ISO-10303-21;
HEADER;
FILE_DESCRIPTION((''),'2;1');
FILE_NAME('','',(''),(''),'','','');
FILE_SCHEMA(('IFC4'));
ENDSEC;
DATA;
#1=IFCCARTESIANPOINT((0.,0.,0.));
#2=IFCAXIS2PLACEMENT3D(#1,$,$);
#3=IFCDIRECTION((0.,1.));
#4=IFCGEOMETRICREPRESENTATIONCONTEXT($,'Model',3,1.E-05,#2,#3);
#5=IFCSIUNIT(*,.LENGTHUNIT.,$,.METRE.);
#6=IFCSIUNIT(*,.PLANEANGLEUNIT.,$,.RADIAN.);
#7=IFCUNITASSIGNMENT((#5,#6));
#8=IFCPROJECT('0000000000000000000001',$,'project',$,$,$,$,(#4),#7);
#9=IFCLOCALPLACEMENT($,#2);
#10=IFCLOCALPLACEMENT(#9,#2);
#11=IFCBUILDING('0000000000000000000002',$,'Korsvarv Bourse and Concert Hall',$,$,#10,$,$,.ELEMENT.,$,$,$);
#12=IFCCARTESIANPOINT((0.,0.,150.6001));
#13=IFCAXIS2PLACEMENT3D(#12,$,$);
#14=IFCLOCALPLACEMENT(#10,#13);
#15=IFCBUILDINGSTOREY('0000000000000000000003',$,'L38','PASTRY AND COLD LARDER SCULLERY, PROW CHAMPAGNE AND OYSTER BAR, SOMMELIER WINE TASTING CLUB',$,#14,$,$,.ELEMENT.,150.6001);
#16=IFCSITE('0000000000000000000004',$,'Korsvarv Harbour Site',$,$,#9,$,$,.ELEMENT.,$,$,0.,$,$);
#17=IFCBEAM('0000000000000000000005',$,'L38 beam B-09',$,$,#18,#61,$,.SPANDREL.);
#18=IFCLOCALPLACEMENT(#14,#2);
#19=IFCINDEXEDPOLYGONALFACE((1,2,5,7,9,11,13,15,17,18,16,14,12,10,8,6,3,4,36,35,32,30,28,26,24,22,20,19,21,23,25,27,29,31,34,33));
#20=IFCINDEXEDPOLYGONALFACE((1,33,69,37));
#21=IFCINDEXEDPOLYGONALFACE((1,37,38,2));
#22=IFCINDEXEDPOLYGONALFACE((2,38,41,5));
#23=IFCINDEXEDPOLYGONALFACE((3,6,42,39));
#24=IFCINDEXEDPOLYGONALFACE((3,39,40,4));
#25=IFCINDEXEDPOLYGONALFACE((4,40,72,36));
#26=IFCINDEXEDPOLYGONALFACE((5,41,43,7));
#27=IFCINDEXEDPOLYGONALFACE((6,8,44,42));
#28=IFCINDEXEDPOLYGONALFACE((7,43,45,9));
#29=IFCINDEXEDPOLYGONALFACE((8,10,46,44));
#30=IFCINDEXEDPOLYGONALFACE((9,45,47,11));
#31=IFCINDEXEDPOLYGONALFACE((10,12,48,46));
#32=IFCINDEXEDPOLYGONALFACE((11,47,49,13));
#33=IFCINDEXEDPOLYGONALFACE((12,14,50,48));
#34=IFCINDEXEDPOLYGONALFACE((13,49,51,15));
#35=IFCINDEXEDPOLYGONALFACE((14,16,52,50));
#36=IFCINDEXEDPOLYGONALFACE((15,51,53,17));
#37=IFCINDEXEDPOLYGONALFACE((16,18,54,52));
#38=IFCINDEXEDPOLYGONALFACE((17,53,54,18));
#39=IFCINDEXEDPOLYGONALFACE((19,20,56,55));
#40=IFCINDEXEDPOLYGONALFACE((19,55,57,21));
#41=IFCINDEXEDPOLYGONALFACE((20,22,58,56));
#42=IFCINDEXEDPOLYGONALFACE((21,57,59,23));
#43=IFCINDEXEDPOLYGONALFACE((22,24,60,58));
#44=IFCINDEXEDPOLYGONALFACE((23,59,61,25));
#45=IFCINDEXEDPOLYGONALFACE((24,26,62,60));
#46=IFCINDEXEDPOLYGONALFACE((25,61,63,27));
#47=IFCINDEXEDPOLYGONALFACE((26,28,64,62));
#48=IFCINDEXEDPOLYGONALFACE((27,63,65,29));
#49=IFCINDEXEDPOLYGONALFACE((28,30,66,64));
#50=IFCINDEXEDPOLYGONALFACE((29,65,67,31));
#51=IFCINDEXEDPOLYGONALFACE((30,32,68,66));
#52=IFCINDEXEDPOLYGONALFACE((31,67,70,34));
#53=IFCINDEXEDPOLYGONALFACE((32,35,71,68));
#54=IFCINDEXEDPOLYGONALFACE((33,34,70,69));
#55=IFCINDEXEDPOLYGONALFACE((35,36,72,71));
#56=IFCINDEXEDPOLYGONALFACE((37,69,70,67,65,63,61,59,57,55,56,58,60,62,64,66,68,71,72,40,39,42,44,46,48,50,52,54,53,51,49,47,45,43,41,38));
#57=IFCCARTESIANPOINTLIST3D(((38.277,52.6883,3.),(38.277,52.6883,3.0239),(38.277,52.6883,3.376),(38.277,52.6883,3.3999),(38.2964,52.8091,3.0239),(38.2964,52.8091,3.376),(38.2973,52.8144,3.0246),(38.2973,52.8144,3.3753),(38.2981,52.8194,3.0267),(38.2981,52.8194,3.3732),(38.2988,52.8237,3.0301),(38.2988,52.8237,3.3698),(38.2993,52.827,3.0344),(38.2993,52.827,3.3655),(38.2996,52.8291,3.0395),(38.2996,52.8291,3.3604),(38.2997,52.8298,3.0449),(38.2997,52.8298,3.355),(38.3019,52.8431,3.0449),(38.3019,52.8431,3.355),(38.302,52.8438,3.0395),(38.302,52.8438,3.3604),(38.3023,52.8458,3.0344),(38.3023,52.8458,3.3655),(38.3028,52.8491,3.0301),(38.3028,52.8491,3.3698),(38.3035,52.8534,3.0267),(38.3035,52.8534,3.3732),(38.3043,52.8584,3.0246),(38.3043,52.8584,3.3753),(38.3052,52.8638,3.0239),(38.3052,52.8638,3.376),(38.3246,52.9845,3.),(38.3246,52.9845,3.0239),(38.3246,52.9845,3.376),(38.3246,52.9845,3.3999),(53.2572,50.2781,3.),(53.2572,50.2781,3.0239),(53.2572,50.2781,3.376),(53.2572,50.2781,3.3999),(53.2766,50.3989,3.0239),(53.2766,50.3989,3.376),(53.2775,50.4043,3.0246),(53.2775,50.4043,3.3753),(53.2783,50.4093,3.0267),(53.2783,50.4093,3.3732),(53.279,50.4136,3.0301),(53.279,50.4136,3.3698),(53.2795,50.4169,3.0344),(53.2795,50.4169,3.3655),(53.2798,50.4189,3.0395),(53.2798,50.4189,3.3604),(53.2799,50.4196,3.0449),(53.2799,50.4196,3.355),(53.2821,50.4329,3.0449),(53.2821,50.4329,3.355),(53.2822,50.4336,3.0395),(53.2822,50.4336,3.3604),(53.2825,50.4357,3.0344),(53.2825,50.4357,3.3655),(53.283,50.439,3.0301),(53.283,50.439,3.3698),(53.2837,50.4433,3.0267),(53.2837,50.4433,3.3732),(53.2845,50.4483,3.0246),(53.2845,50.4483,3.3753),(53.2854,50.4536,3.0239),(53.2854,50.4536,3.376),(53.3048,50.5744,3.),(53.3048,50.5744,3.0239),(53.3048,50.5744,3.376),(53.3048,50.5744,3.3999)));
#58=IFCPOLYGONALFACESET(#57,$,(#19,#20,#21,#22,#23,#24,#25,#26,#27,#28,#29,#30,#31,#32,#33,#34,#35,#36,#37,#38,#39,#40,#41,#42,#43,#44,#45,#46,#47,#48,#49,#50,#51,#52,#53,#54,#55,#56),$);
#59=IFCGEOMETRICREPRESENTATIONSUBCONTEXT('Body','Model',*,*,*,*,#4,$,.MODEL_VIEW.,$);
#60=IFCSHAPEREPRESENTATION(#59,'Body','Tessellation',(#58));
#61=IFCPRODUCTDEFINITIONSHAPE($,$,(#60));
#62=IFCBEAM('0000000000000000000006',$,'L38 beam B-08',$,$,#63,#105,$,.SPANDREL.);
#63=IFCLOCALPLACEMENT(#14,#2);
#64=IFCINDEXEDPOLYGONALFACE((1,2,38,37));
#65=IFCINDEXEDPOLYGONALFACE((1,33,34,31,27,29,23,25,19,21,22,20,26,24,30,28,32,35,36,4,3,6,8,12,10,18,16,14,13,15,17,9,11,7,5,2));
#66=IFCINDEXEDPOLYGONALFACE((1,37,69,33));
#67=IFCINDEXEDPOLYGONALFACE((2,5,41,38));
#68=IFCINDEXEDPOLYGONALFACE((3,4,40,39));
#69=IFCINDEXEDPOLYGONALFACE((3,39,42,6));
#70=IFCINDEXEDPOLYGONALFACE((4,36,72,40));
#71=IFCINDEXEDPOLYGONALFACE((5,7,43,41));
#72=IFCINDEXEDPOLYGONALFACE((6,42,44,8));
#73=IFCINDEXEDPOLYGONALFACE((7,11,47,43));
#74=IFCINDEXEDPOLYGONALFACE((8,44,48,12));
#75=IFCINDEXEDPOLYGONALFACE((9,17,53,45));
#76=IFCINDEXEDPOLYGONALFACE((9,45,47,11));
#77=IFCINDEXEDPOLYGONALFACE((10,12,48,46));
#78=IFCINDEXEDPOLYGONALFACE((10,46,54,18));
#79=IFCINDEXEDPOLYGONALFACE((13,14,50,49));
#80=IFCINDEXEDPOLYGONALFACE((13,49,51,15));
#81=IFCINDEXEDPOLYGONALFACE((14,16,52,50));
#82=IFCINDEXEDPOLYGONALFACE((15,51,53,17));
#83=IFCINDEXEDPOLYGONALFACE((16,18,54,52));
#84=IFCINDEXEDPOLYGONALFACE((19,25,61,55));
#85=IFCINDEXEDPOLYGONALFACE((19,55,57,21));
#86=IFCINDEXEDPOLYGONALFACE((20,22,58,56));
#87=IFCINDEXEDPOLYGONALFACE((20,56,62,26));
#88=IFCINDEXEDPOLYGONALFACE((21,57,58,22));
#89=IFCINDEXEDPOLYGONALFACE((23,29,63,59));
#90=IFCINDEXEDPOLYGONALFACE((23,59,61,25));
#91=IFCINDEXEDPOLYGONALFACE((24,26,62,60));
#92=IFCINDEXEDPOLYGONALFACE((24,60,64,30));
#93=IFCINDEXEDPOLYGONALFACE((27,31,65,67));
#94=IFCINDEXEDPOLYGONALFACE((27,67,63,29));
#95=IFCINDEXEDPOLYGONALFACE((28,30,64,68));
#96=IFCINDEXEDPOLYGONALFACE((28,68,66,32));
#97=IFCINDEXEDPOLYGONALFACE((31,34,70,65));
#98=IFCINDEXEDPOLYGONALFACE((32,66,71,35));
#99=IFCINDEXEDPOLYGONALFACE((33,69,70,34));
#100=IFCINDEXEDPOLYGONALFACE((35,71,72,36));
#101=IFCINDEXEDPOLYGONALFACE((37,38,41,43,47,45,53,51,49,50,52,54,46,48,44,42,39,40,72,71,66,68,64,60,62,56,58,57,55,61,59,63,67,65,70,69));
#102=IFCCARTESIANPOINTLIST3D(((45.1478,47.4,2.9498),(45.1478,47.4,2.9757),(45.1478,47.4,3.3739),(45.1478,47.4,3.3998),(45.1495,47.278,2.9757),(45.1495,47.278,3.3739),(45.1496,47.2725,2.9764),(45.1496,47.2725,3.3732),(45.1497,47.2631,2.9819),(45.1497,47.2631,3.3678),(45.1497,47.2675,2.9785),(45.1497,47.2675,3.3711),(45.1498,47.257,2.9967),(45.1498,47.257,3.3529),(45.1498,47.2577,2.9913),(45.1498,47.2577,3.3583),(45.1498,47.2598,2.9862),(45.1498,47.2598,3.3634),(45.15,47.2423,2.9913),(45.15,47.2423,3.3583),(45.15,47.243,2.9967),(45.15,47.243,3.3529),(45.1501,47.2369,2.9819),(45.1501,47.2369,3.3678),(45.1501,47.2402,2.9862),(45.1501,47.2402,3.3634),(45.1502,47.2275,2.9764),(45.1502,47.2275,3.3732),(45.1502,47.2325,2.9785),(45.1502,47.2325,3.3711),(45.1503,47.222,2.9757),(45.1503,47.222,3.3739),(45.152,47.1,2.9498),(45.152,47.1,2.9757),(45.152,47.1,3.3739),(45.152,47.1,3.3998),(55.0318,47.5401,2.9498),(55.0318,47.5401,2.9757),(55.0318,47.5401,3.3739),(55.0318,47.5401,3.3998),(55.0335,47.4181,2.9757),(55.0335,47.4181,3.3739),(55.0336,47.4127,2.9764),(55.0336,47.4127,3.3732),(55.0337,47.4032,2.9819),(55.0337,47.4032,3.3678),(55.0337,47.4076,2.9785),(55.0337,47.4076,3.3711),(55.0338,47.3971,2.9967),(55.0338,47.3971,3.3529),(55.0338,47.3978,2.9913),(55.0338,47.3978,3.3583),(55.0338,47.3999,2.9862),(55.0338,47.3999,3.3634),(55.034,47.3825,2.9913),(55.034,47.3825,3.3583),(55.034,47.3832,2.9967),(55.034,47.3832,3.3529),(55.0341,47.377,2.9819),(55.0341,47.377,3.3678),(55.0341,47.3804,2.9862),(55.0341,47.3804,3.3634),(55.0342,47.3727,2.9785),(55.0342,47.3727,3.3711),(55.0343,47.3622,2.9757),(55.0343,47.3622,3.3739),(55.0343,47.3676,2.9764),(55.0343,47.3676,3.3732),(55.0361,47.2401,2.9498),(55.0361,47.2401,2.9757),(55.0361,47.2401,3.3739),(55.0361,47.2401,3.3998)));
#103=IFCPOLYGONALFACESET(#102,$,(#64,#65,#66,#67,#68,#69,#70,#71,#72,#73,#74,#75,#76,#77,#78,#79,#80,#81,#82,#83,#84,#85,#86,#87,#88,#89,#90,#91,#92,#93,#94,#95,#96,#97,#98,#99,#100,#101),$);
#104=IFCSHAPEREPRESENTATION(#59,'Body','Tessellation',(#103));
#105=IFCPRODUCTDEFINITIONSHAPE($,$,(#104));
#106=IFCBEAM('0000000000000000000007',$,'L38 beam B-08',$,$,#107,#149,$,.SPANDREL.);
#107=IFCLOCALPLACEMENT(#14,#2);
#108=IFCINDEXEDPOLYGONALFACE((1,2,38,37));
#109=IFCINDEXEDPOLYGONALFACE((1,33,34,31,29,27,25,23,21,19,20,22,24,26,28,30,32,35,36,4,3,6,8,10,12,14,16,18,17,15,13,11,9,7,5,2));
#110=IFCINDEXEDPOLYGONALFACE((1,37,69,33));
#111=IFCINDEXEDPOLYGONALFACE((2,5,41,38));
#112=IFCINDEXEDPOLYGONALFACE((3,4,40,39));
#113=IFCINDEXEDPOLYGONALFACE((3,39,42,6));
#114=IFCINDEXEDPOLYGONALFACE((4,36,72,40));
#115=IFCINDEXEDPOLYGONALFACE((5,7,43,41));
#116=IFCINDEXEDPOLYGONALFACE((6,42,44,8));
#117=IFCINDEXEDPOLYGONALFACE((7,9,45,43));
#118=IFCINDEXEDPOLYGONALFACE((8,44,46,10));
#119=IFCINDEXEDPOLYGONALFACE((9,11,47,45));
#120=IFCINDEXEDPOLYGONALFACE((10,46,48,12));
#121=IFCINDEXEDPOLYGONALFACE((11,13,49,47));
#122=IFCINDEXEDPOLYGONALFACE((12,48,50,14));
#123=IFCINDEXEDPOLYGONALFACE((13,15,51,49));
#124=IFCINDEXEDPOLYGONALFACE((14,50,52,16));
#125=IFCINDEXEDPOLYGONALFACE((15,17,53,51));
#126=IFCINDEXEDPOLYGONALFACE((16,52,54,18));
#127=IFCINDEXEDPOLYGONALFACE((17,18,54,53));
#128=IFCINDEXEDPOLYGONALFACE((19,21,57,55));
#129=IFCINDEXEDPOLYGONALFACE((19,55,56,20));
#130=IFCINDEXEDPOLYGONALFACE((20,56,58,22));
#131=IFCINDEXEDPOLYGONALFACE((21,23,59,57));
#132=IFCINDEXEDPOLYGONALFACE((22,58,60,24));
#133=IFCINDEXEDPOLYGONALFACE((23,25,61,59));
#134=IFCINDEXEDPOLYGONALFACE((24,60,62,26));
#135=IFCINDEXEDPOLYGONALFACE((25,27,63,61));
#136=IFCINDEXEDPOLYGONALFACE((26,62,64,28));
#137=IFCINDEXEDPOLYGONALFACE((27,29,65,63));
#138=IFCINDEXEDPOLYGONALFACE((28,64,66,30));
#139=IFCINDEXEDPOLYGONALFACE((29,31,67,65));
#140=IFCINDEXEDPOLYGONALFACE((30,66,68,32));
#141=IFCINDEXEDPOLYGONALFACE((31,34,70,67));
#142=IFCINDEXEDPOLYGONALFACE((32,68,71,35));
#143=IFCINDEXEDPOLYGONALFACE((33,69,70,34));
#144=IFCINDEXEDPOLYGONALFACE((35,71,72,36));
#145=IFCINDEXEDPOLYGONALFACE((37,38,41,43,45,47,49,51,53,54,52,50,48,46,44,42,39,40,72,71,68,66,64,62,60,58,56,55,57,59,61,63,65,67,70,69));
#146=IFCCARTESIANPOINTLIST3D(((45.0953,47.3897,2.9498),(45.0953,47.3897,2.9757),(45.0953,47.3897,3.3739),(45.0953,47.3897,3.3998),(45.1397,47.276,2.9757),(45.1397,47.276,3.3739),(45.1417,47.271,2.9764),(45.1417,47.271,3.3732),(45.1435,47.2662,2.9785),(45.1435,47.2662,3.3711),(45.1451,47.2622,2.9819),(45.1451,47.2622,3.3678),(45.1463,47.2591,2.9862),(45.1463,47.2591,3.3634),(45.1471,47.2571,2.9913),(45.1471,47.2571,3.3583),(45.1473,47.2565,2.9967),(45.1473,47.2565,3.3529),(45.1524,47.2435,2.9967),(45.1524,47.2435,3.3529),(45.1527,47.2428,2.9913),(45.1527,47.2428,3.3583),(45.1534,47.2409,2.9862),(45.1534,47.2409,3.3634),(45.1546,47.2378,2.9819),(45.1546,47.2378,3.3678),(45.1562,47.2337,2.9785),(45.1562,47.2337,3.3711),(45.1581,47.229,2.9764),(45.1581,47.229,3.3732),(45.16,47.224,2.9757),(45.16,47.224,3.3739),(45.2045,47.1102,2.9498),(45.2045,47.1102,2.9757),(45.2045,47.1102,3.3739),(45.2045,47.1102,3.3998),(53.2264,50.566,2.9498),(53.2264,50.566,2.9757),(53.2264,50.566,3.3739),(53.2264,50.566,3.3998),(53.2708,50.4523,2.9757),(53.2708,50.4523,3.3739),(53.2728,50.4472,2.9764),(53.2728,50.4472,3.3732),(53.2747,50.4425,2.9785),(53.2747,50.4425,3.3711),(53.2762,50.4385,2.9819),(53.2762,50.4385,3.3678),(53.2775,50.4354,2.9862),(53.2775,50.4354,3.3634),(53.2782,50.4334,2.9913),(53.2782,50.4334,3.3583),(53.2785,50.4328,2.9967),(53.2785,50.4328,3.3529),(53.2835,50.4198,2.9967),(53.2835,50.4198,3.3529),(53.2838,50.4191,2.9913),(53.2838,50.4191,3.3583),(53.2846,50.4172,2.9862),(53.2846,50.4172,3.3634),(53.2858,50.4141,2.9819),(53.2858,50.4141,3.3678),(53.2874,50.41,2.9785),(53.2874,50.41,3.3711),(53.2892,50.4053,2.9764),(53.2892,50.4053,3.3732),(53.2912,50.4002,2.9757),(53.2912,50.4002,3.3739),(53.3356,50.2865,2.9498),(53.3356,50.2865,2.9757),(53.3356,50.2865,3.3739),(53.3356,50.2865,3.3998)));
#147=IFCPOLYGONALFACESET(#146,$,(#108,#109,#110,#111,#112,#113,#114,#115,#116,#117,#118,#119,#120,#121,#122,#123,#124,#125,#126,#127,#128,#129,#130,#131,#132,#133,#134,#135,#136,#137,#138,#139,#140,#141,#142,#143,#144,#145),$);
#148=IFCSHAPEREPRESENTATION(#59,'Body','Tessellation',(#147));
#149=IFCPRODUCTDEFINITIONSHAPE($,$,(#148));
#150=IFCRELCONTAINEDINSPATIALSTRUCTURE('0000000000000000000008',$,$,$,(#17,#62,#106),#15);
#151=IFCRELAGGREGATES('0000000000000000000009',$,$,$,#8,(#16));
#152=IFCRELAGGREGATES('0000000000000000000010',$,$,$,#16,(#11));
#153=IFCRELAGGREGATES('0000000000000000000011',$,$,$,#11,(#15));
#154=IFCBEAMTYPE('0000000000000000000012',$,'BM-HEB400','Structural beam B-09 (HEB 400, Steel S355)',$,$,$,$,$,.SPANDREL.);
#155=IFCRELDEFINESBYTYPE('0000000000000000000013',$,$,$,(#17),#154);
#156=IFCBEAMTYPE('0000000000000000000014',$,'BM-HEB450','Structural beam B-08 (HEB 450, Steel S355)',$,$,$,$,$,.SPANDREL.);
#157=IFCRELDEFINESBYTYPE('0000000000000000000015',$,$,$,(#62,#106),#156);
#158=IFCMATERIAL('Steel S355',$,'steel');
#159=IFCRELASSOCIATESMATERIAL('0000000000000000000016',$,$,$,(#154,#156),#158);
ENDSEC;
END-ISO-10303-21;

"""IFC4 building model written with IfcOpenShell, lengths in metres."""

from ifc_helpers import new_model, si_unit, direction, frame, origin, origin_2d, place, context, subcontext, project, spatial, i_section, extrude, source, transform, mapped, material, material_profile, profile_set, type_object, element, save


model = new_model("IFC4")

# Units and contexts
model_context = context("Model", 3, precision=1e-05, world=origin(), true_north=direction((0.0, 1.0)))
body_context = subcontext(model_context, "Body", "Model", "MODEL_VIEW")
ifc_project = project(units=[si_unit("LENGTHUNIT", "METRE"), si_unit("PLANEANGLEUNIT", "RADIAN")], contexts=[model_context])

# Site, building, storey
site_placement = place(None, origin())
site = spatial("IfcSite", under=ifc_project, at=site_placement, Name="Korsvarv Harbour Site", CompositionType="ELEMENT", RefElevation=0.0)
building_placement = place(site_placement, origin())
building = spatial("IfcBuilding", under=site, at=building_placement, Name="Korsvarv Bourse and Concert Hall", CompositionType="ELEMENT")
storey_placement = place(building_placement, frame((0.0, 0.0, 150.6001)))
storey = spatial("IfcBuildingStorey", under=building, at=storey_placement, Name="L38", Description="PASTRY AND COLD LARDER SCULLERY, PROW CHAMPAGNE AND OYSTER BAR, SOMMELIER WINE TASTING CLUB", CompositionType="ELEMENT", Elevation=150.6001)

# Shared definitions
ifc_material_1 = material(Name="Steel S355", Category="steel")

# Beams
ifc_material_profile_1 = material_profile(ifc_material_1, i_section(OverallWidth=0.3, OverallDepth=0.3999, WebThickness=0.0134, FlangeThickness=0.0239, FilletRadius=0.021, at=origin_2d()), Name="HEB 400")
ifc_profile_set_1 = profile_set([ifc_material_profile_1], Name="Steel S355")
beam_type_1 = type_object("IfcBeamType", Name="BM-HEB400", Description="Structural beam B-09 (HEB 400, Steel S355)", PredefinedType="SPANDREL", material=ifc_profile_set_1)
shared_shape_1 = source(origin(), body_context, "Body", "SweptSolid", [
    extrude(i_section(OverallWidth=0.3, OverallDepth=0.3999, WebThickness=0.0134, FlangeThickness=0.0239, FilletRadius=0.021, at=origin_2d()), origin(), (0.0, 0.0, 1.0), 15.1729),
])
beam_1_placement = place(storey_placement, frame((53.281, 50.4263, 3.2), z_axis=(-0.987303, 0.158846, 0.0), x_axis=(-0.158846, -0.987303, 0.0)))
element("IfcBeam", 1, at=beam_1_placement, inside=storey, type_object=beam_type_1, Name="L38 beam B-09", PredefinedType="SPANDREL", context=body_context, shape_type="MappedRepresentation", body=[
    mapped(shared_shape_1, transform((0.0, 0.0, 0.0), scale=1.0)),
])
ifc_material_profile_2 = material_profile(ifc_material_1, i_section(OverallWidth=0.3, OverallDepth=0.45, WebThickness=0.0139, FlangeThickness=0.0259, FilletRadius=0.021, at=origin_2d()), Name="HEB 450")
ifc_profile_set_2 = profile_set([ifc_material_profile_2], Name="Steel S355")
beam_type_2 = type_object("IfcBeamType", Name="BM-HEB450", Description="Structural beam B-08 (HEB 450, Steel S355)", PredefinedType="SPANDREL", material=ifc_profile_set_2)
shared_shape_2 = source(origin(), body_context, "Body", "SweptSolid", [
    extrude(i_section(OverallWidth=0.3, OverallDepth=0.45, WebThickness=0.0139, FlangeThickness=0.0259, FilletRadius=0.021, at=origin_2d()), origin(), (0.0, 0.0, 1.0), 9.885),
])
beam_2_placement = place(storey_placement, frame((55.0339, 47.3901, 3.1748), z_axis=(-0.9999, -0.014177, 0.0), x_axis=(0.014177, -0.9999, 0.0)))
element("IfcBeam", 2, at=beam_2_placement, inside=storey, type_object=beam_type_2, Name="L38 beam B-08", PredefinedType="SPANDREL", context=body_context, shape_type="MappedRepresentation", body=[
    mapped(shared_shape_2, transform((0.0, 0.0, 0.0), scale=1.0)),
])
shared_shape_3 = source(origin(), body_context, "Body", "SweptSolid", [
    extrude(i_section(OverallWidth=0.3, OverallDepth=0.45, WebThickness=0.0139, FlangeThickness=0.0259, FilletRadius=0.021, at=origin_2d()), origin(), (0.0, 0.0, 1.0), 8.7295),
])
beam_3_placement = place(storey_placement, frame((53.281, 50.4263, 3.1748), z_axis=(-0.931455, -0.363856, 0.0), x_axis=(0.363856, -0.931455, 0.0)))
element("IfcBeam", 3, at=beam_3_placement, inside=storey, type_object=beam_type_2, Name="L38 beam B-08", PredefinedType="SPANDREL", context=body_context, shape_type="MappedRepresentation", body=[
    mapped(shared_shape_3, transform((0.0, 0.0, 0.0), scale=1.0)),
])

save(model, "model.ifc")
